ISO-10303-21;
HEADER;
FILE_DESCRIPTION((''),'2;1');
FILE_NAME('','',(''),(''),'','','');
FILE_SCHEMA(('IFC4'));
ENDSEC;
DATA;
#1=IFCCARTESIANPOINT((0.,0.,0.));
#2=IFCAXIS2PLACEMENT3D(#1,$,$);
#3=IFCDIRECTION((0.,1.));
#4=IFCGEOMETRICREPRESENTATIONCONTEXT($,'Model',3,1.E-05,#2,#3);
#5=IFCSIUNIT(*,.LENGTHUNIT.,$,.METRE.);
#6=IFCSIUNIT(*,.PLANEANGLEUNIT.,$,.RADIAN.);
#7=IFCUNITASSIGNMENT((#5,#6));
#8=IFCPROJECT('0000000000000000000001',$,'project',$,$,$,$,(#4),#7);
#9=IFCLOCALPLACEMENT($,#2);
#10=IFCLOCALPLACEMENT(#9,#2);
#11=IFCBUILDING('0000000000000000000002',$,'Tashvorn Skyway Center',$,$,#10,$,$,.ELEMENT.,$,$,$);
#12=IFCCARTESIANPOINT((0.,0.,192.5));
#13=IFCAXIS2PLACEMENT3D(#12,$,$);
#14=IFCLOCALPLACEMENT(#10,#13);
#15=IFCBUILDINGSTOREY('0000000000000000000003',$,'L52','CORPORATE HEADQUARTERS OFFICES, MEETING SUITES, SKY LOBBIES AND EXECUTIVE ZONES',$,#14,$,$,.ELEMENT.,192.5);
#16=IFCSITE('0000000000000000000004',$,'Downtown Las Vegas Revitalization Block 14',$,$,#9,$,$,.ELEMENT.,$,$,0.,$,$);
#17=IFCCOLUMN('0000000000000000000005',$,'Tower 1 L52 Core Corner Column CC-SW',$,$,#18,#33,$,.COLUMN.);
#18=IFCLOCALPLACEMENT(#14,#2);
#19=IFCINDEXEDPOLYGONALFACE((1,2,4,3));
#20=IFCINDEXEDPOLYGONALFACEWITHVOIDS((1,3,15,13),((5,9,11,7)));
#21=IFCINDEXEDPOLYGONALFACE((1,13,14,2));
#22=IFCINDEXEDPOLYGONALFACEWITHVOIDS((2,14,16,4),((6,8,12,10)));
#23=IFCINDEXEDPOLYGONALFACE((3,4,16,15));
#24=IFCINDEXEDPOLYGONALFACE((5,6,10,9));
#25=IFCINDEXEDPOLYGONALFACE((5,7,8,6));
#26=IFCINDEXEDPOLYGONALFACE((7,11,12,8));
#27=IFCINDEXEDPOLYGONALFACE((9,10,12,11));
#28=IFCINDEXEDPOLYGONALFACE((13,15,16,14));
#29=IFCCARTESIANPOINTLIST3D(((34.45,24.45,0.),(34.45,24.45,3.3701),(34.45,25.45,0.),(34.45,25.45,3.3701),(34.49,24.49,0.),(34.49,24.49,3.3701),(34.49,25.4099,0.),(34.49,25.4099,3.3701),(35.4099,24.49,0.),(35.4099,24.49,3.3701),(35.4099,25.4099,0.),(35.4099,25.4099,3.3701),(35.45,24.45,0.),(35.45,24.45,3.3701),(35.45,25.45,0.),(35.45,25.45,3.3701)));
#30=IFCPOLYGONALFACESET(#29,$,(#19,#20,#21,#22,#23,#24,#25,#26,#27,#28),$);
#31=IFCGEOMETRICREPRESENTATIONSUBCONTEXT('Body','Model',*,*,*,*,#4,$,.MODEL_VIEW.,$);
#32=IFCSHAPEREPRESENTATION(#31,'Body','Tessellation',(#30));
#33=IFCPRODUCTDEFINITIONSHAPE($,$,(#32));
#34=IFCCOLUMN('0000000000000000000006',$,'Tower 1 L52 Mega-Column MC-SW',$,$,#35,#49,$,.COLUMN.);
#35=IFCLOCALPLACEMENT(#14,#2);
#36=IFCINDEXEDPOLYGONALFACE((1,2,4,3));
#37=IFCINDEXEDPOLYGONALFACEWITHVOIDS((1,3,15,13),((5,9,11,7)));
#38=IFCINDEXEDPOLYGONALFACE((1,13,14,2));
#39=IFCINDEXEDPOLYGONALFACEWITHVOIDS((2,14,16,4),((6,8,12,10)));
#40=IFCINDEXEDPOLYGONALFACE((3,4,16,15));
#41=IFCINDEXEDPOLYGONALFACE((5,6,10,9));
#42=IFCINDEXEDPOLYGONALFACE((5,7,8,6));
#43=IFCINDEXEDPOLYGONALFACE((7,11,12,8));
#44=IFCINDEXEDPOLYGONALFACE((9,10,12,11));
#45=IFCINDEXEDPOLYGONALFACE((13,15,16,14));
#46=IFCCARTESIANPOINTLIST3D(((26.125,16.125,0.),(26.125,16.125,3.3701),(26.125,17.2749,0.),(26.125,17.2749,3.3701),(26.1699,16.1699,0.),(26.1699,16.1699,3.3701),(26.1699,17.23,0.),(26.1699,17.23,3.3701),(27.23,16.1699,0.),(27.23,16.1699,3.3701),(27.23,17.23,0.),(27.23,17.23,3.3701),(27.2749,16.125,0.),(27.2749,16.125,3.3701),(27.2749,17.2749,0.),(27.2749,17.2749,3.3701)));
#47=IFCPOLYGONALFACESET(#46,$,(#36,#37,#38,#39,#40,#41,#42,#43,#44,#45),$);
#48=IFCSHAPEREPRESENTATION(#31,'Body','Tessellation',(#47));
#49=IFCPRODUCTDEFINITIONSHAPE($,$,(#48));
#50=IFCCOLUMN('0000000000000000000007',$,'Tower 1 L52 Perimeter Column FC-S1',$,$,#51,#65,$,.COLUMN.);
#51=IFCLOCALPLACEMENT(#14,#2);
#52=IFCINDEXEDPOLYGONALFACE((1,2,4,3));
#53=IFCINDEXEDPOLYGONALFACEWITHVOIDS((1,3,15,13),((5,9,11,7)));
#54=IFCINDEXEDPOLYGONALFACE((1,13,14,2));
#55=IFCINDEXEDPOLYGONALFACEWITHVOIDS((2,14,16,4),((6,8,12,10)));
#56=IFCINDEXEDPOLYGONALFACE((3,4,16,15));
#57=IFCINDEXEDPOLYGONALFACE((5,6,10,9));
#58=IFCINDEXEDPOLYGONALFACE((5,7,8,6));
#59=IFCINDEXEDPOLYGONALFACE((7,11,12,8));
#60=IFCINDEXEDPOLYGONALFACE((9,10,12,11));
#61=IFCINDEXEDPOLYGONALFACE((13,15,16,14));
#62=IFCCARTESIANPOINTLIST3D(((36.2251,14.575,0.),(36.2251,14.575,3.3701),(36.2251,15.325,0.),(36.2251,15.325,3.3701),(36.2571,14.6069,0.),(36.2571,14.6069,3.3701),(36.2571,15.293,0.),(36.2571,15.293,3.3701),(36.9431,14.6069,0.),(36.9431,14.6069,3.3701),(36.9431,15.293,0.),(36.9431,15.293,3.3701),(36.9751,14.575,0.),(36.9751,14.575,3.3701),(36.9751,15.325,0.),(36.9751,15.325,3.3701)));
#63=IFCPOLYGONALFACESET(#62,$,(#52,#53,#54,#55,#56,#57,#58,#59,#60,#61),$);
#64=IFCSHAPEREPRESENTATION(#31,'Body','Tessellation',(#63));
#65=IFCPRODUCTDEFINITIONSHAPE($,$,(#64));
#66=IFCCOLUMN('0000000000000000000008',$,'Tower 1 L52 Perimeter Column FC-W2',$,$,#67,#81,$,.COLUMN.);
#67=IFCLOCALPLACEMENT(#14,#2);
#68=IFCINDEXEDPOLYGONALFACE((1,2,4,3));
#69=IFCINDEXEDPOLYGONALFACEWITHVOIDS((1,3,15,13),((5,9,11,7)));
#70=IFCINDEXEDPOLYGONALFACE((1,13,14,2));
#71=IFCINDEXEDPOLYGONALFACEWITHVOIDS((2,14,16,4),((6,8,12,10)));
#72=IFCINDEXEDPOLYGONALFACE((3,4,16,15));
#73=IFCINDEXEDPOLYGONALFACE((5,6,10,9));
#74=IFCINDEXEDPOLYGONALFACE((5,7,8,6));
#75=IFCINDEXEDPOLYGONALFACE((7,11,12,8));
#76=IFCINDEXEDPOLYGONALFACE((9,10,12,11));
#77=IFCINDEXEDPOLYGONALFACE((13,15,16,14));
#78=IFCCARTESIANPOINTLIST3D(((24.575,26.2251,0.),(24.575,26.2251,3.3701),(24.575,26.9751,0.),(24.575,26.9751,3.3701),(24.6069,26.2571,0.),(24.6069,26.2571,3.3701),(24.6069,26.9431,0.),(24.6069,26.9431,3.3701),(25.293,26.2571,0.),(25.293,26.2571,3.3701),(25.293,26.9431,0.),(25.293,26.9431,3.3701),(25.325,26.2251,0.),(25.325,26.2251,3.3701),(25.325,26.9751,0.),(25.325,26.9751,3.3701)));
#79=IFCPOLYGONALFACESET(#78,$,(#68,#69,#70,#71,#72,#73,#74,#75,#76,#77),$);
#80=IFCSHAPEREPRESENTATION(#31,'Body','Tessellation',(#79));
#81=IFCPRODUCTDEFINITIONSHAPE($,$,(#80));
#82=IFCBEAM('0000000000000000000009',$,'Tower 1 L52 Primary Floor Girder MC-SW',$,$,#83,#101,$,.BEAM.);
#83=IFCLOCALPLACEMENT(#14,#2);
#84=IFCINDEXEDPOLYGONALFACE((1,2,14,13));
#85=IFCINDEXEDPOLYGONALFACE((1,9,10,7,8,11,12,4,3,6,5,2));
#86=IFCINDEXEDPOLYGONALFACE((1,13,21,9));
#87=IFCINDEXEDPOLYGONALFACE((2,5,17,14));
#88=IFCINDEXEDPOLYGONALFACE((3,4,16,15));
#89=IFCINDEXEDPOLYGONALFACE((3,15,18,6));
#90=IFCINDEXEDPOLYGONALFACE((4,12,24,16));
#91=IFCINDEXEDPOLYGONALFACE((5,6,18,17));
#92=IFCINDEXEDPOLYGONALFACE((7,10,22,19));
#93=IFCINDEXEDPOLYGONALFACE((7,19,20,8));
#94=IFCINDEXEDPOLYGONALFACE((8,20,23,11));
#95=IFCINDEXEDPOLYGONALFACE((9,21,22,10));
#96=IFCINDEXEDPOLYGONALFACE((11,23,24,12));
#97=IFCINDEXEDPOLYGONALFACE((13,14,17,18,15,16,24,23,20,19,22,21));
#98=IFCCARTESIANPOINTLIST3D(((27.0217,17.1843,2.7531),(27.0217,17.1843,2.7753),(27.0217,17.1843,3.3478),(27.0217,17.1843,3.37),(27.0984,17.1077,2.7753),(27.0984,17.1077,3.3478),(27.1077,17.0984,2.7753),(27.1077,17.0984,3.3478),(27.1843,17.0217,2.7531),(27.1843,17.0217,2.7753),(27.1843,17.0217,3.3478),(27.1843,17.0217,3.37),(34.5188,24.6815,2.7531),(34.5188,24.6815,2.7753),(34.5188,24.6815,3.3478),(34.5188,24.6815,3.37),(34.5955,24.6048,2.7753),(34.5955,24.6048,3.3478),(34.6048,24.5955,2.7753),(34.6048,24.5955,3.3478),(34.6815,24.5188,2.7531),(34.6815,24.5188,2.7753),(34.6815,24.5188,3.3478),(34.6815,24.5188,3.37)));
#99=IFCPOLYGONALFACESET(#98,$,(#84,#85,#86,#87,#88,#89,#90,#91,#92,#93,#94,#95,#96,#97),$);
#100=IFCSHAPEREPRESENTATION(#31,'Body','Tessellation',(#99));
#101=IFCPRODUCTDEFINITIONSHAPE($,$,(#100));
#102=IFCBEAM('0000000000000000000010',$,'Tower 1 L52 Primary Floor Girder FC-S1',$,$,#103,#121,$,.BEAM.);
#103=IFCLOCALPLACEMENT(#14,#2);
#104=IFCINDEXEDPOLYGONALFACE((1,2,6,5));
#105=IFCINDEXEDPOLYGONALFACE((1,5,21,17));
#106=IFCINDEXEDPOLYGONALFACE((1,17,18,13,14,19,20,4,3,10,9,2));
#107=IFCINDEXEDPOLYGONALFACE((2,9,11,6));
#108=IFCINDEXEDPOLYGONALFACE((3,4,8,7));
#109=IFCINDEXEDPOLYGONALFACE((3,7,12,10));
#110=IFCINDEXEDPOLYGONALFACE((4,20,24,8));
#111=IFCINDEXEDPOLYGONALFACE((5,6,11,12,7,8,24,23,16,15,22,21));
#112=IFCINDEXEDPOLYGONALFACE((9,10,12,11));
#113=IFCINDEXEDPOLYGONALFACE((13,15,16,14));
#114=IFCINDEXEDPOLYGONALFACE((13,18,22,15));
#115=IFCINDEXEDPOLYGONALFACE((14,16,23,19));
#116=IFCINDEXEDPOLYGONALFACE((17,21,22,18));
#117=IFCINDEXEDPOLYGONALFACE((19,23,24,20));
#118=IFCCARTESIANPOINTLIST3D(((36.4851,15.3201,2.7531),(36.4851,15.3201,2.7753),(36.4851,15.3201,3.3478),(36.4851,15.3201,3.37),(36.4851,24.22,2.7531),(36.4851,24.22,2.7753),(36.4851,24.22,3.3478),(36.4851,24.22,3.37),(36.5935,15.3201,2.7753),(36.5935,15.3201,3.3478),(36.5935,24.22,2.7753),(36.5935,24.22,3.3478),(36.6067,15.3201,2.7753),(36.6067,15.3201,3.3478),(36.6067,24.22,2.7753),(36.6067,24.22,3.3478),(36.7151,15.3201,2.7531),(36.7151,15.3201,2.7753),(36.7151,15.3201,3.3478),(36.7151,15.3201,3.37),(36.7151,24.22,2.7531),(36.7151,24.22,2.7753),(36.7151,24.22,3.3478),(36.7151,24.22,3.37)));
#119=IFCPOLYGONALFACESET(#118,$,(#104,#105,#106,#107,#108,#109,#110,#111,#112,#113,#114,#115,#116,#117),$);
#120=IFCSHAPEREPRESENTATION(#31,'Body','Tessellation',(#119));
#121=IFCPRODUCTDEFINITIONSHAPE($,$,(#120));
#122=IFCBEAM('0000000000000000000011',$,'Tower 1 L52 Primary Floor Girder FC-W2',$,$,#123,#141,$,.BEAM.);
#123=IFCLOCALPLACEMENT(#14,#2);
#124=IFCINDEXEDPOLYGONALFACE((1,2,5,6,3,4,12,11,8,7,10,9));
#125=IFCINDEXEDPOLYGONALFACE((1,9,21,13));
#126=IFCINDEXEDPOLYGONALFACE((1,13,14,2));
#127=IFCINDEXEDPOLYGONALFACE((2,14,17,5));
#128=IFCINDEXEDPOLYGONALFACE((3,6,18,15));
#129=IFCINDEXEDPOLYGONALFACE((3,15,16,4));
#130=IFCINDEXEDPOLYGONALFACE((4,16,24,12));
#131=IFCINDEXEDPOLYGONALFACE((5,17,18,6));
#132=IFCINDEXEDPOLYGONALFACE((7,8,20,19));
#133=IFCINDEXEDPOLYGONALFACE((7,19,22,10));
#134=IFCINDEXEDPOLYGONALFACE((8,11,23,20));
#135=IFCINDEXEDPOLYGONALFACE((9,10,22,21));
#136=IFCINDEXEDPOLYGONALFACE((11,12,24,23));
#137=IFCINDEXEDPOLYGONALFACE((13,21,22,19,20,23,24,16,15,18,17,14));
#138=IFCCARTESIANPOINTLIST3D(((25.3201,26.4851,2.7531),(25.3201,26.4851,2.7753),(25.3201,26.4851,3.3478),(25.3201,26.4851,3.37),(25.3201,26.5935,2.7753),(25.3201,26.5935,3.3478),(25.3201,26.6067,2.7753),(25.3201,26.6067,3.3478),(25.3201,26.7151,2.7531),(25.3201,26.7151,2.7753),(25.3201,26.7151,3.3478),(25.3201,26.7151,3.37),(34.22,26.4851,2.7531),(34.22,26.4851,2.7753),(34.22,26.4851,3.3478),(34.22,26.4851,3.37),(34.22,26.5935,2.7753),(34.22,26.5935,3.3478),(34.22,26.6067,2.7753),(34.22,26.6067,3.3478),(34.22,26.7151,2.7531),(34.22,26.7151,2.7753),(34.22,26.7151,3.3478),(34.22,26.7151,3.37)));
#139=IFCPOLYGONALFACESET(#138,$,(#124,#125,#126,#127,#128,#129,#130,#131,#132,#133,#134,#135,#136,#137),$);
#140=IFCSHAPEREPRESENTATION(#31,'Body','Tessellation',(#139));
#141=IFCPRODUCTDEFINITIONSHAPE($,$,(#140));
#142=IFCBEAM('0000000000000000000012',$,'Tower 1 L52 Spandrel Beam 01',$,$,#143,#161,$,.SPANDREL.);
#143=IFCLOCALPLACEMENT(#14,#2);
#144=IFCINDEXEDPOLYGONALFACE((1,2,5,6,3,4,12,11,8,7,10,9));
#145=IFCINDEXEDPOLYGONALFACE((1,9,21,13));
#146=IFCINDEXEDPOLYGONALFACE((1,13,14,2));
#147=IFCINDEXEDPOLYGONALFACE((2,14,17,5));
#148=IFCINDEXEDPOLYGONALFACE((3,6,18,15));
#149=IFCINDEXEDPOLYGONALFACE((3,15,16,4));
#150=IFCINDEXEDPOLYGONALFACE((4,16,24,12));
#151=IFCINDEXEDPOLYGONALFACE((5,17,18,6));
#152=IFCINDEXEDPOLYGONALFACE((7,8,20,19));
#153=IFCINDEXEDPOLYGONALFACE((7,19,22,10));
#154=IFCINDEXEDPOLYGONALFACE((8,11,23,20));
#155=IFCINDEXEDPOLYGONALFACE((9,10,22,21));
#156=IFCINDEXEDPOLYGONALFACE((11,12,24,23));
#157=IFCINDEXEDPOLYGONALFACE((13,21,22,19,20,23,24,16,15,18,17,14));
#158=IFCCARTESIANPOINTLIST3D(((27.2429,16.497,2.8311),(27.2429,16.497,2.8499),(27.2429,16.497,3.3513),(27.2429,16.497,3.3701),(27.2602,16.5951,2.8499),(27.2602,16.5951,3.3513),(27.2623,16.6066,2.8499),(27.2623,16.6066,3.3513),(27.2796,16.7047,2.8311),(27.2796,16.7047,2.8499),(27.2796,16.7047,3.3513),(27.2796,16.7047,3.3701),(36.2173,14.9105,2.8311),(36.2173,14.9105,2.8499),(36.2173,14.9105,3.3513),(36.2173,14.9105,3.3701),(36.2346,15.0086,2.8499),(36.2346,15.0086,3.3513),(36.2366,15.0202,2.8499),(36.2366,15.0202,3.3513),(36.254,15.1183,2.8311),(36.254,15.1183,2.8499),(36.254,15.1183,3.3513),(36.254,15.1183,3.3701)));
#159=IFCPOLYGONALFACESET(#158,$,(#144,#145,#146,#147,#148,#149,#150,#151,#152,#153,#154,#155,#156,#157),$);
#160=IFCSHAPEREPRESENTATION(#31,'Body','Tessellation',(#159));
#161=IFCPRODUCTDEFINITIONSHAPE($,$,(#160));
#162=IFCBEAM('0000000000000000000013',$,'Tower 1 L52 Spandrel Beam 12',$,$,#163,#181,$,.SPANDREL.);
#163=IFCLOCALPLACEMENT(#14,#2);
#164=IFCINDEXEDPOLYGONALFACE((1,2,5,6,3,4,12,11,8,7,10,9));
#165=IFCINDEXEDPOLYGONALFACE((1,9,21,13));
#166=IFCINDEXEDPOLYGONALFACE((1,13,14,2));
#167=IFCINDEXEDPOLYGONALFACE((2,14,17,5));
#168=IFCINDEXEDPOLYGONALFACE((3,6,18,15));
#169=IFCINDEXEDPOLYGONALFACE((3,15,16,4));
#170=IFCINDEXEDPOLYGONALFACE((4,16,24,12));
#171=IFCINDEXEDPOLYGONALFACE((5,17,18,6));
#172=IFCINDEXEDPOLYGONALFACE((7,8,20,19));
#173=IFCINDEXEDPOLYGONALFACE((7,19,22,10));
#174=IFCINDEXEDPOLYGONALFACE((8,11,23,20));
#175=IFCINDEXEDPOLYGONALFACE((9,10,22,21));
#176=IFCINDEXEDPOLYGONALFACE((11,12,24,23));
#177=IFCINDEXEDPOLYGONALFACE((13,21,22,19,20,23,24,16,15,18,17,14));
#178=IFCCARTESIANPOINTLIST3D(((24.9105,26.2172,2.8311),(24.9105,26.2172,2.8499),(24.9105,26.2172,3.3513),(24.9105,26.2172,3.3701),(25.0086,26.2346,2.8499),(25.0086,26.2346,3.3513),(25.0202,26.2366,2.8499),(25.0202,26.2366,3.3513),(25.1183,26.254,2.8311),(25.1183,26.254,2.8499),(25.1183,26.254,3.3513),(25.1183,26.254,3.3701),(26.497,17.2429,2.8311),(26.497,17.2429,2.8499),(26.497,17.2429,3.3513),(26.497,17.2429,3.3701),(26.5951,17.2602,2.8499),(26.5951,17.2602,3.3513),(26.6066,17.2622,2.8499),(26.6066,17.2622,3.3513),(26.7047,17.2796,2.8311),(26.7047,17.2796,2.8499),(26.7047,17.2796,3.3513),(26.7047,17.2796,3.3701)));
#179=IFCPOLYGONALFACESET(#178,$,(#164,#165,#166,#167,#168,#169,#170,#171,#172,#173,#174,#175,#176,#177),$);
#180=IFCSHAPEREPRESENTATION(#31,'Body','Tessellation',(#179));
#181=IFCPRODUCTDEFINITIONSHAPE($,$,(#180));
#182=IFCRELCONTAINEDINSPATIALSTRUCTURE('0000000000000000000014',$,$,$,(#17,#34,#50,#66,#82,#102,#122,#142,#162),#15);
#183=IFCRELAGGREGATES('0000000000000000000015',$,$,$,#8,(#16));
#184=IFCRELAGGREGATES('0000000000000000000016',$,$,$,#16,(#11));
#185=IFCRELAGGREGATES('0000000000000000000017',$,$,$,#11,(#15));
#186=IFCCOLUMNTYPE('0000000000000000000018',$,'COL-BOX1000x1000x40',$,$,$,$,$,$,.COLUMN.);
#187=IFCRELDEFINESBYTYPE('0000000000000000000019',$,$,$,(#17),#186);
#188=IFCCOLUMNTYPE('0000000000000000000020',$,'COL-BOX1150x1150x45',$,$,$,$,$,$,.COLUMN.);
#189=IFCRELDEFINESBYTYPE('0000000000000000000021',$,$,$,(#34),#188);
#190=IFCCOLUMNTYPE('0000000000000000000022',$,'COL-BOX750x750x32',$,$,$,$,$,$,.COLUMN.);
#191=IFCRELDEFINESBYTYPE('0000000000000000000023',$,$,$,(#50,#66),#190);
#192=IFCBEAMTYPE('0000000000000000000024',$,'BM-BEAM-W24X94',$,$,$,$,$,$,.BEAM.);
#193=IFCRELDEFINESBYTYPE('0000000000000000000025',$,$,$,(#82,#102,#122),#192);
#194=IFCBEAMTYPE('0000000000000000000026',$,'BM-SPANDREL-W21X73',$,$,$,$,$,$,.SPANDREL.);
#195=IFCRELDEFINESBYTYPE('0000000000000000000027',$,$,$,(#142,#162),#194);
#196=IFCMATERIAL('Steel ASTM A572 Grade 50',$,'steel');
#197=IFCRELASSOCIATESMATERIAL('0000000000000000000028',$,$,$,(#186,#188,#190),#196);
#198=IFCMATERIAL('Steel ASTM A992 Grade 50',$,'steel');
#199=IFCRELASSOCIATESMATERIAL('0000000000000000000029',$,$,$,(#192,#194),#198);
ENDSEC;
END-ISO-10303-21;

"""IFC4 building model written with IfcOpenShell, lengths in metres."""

from ifc_helpers import new_model, si_unit, direction, frame, origin, origin_2d, place, context, subcontext, project, spatial, hollow_rectangle, i_section, extrude, material, material_profile, profile_set, type_object, element, save


model = new_model("IFC4")

# Units and contexts
model_context = context("Model", 3, precision=1e-05, world=origin(), true_north=direction((0.0, 1.0)))
body_context = subcontext(model_context, "Body", "Model", "MODEL_VIEW")
ifc_project = project(units=[si_unit("LENGTHUNIT", "METRE"), si_unit("PLANEANGLEUNIT", "RADIAN")], contexts=[model_context])

# Site, building, storey
site_placement = place(None, origin())
site = spatial("IfcSite", under=ifc_project, at=site_placement, Name="Downtown Las Vegas Revitalization Block 14", CompositionType="ELEMENT", RefElevation=0.0)
building_placement = place(site_placement, origin())
building = spatial("IfcBuilding", under=site, at=building_placement, Name="Tashvorn Skyway Center", CompositionType="ELEMENT")
storey_placement = place(building_placement, frame((0.0, 0.0, 192.5)))
storey = spatial("IfcBuildingStorey", under=building, at=storey_placement, Name="L52", Description="CORPORATE HEADQUARTERS OFFICES, MEETING SUITES, SKY LOBBIES AND EXECUTIVE ZONES", CompositionType="ELEMENT", Elevation=192.5)

# Columns
ifc_material_1 = material(Name="Steel ASTM A572 Grade 50", Category="steel")
ifc_material_profile_1 = material_profile(ifc_material_1, hollow_rectangle(XDim=1.0, YDim=1.0, WallThickness=0.04, at=origin_2d()), Name="BOX1000x1000x40")
ifc_profile_set_1 = profile_set([ifc_material_profile_1], Name="Steel ASTM A572 Grade 50")
column_type_1 = type_object("IfcColumnType", Name="COL-BOX1000x1000x40", PredefinedType="COLUMN", material=ifc_profile_set_1)
column_1_placement = place(storey_placement, frame((34.95, 24.95, 0.0), z_axis=(0.0, 0.0, 1.0), x_axis=(1.0, 0.0, 0.0)))
element("IfcColumn", 1, at=column_1_placement, inside=storey, type_object=column_type_1, Name="Tower 1 L52 Core Corner Column CC-SW", PredefinedType="COLUMN", context=body_context, shape_type="SweptSolid", body=[
    extrude(hollow_rectangle(XDim=1.0, YDim=1.0, WallThickness=0.04, at=origin_2d()), origin(), (0.0, 0.0, 1.0), 3.3701),
])
ifc_material_profile_2 = material_profile(ifc_material_1, hollow_rectangle(XDim=1.1499, YDim=1.1499, WallThickness=0.0449, at=origin_2d()), Name="BOX1150x1150x45")
ifc_profile_set_2 = profile_set([ifc_material_profile_2], Name="Steel ASTM A572 Grade 50")
column_type_2 = type_object("IfcColumnType", Name="COL-BOX1150x1150x45", PredefinedType="COLUMN", material=ifc_profile_set_2)
column_2_placement = place(storey_placement, frame((26.7, 16.7, 0.0), z_axis=(0.0, 0.0, 1.0), x_axis=(1.0, 0.0, 0.0)))
element("IfcColumn", 2, at=column_2_placement, inside=storey, type_object=column_type_2, Name="Tower 1 L52 Mega-Column MC-SW", PredefinedType="COLUMN", context=body_context, shape_type="SweptSolid", body=[
    extrude(hollow_rectangle(XDim=1.1499, YDim=1.1499, WallThickness=0.0449, at=origin_2d()), origin(), (0.0, 0.0, 1.0), 3.3701),
])
ifc_material_profile_3 = material_profile(ifc_material_1, hollow_rectangle(XDim=0.75, YDim=0.75, WallThickness=0.032, at=origin_2d()), Name="BOX750x750x32")
ifc_profile_set_3 = profile_set([ifc_material_profile_3], Name="Steel ASTM A572 Grade 50")
column_type_3 = type_object("IfcColumnType", Name="COL-BOX750x750x32", PredefinedType="COLUMN", material=ifc_profile_set_3)
for number, where, z_axis, x_axis, name in (
    (3, (36.6001, 14.95, 0.0), (0.0, 0.0, 1.0), (1.0, 0.0, 0.0), "Tower 1 L52 Perimeter Column FC-S1"),
    (4, (24.95, 26.6001, 0.0), (0.0, 0.0, 1.0), (1.0, 0.0, 0.0), "Tower 1 L52 Perimeter Column FC-W2"),
):
    element("IfcColumn", number, at=place(storey_placement, frame(where, z_axis=z_axis, x_axis=x_axis)), inside=storey, type_object=column_type_3, Name=name, PredefinedType="COLUMN", context=body_context, shape_type="SweptSolid", body=[
        extrude(hollow_rectangle(XDim=0.75, YDim=0.75, WallThickness=0.032, at=origin_2d()), origin(), (0.0, 0.0, 1.0), 3.3701),
    ])

# Beams
ifc_material_2 = material(Name="Steel ASTM A992 Grade 50", Category="steel")
ifc_material_profile_4 = material_profile(ifc_material_2, i_section(OverallWidth=0.23, OverallDepth=0.6169, WebThickness=0.0132, FlangeThickness=0.0222, at=origin_2d()), Name="W24X94")
ifc_profile_set_4 = profile_set([ifc_material_profile_4], Name="Steel ASTM A992 Grade 50")
beam_type_1 = type_object("IfcBeamType", Name="BM-BEAM-W24X94", PredefinedType="BEAM", material=ifc_profile_set_4)
beam_placement = place(storey_placement, frame((27.103, 17.103, 3.0615), z_axis=(0.707107, 0.707107, 0.0), x_axis=(-0.707107, 0.707107, 0.0)))
element("IfcBeam", 5, at=beam_placement, inside=storey, type_object=beam_type_1, Name="Tower 1 L52 Primary Floor Girder MC-SW", PredefinedType="BEAM", context=body_context, shape_type="SweptSolid", body=[
    extrude(i_section(OverallWidth=0.23, OverallDepth=0.6169, WebThickness=0.0132, FlangeThickness=0.0222, at=origin_2d()), origin(), (0.0, 0.0, 1.0), 10.6025),
])
for number, where, z_axis, x_axis, name in (
    (6, (36.6001, 15.3201, 3.0615), (0.0, 1.0, 0.0), (-1.0, 0.0, 0.0), "Tower 1 L52 Primary Floor Girder FC-S1"),
    (7, (25.3201, 26.6001, 3.0615), (1.0, 0.0, 0.0), (0.0, 1.0, 0.0), "Tower 1 L52 Primary Floor Girder FC-W2"),
):
    element("IfcBeam", number, at=place(storey_placement, frame(where, z_axis=z_axis, x_axis=x_axis)), inside=storey, type_object=beam_type_1, Name=name, PredefinedType="BEAM", context=body_context, shape_type="SweptSolid", body=[
        extrude(i_section(OverallWidth=0.23, OverallDepth=0.6169, WebThickness=0.0132, FlangeThickness=0.0222, at=origin_2d()), origin(), (0.0, 0.0, 1.0), 8.8999),
    ])
ifc_material_profile_5 = material_profile(ifc_material_2, i_section(OverallWidth=0.2109, OverallDepth=0.5391, WebThickness=0.0117, FlangeThickness=0.0188, at=origin_2d()), Name="W21X73")
ifc_profile_set_5 = profile_set([ifc_material_profile_5], Name="Steel ASTM A992 Grade 50")
beam_type_2 = type_object("IfcBeamType", Name="BM-SPANDREL-W21X73", PredefinedType="SPANDREL", material=ifc_profile_set_5)
for number, where, z_axis, x_axis, name in (
    (8, (27.2612, 16.6008, 3.1006), (0.984733, -0.174074, 0.0), (0.174074, 0.984733, 0.0), "Tower 1 L52 Spandrel Beam 01"),
    (9, (25.0144, 26.2356, 3.1006), (0.174074, -0.984733, 0.0), (0.984733, 0.174074, 0.0), "Tower 1 L52 Spandrel Beam 12"),
):
    element("IfcBeam", number, at=place(storey_placement, frame(where, z_axis=z_axis, x_axis=x_axis)), inside=storey, type_object=beam_type_2, Name=name, PredefinedType="SPANDREL", context=body_context, shape_type="SweptSolid", body=[
        extrude(i_section(OverallWidth=0.2109, OverallDepth=0.5391, WebThickness=0.0117, FlangeThickness=0.0188, at=origin_2d()), origin(), (0.0, 0.0, 1.0), 9.1135),
    ])

save(model, "model.ifc")
